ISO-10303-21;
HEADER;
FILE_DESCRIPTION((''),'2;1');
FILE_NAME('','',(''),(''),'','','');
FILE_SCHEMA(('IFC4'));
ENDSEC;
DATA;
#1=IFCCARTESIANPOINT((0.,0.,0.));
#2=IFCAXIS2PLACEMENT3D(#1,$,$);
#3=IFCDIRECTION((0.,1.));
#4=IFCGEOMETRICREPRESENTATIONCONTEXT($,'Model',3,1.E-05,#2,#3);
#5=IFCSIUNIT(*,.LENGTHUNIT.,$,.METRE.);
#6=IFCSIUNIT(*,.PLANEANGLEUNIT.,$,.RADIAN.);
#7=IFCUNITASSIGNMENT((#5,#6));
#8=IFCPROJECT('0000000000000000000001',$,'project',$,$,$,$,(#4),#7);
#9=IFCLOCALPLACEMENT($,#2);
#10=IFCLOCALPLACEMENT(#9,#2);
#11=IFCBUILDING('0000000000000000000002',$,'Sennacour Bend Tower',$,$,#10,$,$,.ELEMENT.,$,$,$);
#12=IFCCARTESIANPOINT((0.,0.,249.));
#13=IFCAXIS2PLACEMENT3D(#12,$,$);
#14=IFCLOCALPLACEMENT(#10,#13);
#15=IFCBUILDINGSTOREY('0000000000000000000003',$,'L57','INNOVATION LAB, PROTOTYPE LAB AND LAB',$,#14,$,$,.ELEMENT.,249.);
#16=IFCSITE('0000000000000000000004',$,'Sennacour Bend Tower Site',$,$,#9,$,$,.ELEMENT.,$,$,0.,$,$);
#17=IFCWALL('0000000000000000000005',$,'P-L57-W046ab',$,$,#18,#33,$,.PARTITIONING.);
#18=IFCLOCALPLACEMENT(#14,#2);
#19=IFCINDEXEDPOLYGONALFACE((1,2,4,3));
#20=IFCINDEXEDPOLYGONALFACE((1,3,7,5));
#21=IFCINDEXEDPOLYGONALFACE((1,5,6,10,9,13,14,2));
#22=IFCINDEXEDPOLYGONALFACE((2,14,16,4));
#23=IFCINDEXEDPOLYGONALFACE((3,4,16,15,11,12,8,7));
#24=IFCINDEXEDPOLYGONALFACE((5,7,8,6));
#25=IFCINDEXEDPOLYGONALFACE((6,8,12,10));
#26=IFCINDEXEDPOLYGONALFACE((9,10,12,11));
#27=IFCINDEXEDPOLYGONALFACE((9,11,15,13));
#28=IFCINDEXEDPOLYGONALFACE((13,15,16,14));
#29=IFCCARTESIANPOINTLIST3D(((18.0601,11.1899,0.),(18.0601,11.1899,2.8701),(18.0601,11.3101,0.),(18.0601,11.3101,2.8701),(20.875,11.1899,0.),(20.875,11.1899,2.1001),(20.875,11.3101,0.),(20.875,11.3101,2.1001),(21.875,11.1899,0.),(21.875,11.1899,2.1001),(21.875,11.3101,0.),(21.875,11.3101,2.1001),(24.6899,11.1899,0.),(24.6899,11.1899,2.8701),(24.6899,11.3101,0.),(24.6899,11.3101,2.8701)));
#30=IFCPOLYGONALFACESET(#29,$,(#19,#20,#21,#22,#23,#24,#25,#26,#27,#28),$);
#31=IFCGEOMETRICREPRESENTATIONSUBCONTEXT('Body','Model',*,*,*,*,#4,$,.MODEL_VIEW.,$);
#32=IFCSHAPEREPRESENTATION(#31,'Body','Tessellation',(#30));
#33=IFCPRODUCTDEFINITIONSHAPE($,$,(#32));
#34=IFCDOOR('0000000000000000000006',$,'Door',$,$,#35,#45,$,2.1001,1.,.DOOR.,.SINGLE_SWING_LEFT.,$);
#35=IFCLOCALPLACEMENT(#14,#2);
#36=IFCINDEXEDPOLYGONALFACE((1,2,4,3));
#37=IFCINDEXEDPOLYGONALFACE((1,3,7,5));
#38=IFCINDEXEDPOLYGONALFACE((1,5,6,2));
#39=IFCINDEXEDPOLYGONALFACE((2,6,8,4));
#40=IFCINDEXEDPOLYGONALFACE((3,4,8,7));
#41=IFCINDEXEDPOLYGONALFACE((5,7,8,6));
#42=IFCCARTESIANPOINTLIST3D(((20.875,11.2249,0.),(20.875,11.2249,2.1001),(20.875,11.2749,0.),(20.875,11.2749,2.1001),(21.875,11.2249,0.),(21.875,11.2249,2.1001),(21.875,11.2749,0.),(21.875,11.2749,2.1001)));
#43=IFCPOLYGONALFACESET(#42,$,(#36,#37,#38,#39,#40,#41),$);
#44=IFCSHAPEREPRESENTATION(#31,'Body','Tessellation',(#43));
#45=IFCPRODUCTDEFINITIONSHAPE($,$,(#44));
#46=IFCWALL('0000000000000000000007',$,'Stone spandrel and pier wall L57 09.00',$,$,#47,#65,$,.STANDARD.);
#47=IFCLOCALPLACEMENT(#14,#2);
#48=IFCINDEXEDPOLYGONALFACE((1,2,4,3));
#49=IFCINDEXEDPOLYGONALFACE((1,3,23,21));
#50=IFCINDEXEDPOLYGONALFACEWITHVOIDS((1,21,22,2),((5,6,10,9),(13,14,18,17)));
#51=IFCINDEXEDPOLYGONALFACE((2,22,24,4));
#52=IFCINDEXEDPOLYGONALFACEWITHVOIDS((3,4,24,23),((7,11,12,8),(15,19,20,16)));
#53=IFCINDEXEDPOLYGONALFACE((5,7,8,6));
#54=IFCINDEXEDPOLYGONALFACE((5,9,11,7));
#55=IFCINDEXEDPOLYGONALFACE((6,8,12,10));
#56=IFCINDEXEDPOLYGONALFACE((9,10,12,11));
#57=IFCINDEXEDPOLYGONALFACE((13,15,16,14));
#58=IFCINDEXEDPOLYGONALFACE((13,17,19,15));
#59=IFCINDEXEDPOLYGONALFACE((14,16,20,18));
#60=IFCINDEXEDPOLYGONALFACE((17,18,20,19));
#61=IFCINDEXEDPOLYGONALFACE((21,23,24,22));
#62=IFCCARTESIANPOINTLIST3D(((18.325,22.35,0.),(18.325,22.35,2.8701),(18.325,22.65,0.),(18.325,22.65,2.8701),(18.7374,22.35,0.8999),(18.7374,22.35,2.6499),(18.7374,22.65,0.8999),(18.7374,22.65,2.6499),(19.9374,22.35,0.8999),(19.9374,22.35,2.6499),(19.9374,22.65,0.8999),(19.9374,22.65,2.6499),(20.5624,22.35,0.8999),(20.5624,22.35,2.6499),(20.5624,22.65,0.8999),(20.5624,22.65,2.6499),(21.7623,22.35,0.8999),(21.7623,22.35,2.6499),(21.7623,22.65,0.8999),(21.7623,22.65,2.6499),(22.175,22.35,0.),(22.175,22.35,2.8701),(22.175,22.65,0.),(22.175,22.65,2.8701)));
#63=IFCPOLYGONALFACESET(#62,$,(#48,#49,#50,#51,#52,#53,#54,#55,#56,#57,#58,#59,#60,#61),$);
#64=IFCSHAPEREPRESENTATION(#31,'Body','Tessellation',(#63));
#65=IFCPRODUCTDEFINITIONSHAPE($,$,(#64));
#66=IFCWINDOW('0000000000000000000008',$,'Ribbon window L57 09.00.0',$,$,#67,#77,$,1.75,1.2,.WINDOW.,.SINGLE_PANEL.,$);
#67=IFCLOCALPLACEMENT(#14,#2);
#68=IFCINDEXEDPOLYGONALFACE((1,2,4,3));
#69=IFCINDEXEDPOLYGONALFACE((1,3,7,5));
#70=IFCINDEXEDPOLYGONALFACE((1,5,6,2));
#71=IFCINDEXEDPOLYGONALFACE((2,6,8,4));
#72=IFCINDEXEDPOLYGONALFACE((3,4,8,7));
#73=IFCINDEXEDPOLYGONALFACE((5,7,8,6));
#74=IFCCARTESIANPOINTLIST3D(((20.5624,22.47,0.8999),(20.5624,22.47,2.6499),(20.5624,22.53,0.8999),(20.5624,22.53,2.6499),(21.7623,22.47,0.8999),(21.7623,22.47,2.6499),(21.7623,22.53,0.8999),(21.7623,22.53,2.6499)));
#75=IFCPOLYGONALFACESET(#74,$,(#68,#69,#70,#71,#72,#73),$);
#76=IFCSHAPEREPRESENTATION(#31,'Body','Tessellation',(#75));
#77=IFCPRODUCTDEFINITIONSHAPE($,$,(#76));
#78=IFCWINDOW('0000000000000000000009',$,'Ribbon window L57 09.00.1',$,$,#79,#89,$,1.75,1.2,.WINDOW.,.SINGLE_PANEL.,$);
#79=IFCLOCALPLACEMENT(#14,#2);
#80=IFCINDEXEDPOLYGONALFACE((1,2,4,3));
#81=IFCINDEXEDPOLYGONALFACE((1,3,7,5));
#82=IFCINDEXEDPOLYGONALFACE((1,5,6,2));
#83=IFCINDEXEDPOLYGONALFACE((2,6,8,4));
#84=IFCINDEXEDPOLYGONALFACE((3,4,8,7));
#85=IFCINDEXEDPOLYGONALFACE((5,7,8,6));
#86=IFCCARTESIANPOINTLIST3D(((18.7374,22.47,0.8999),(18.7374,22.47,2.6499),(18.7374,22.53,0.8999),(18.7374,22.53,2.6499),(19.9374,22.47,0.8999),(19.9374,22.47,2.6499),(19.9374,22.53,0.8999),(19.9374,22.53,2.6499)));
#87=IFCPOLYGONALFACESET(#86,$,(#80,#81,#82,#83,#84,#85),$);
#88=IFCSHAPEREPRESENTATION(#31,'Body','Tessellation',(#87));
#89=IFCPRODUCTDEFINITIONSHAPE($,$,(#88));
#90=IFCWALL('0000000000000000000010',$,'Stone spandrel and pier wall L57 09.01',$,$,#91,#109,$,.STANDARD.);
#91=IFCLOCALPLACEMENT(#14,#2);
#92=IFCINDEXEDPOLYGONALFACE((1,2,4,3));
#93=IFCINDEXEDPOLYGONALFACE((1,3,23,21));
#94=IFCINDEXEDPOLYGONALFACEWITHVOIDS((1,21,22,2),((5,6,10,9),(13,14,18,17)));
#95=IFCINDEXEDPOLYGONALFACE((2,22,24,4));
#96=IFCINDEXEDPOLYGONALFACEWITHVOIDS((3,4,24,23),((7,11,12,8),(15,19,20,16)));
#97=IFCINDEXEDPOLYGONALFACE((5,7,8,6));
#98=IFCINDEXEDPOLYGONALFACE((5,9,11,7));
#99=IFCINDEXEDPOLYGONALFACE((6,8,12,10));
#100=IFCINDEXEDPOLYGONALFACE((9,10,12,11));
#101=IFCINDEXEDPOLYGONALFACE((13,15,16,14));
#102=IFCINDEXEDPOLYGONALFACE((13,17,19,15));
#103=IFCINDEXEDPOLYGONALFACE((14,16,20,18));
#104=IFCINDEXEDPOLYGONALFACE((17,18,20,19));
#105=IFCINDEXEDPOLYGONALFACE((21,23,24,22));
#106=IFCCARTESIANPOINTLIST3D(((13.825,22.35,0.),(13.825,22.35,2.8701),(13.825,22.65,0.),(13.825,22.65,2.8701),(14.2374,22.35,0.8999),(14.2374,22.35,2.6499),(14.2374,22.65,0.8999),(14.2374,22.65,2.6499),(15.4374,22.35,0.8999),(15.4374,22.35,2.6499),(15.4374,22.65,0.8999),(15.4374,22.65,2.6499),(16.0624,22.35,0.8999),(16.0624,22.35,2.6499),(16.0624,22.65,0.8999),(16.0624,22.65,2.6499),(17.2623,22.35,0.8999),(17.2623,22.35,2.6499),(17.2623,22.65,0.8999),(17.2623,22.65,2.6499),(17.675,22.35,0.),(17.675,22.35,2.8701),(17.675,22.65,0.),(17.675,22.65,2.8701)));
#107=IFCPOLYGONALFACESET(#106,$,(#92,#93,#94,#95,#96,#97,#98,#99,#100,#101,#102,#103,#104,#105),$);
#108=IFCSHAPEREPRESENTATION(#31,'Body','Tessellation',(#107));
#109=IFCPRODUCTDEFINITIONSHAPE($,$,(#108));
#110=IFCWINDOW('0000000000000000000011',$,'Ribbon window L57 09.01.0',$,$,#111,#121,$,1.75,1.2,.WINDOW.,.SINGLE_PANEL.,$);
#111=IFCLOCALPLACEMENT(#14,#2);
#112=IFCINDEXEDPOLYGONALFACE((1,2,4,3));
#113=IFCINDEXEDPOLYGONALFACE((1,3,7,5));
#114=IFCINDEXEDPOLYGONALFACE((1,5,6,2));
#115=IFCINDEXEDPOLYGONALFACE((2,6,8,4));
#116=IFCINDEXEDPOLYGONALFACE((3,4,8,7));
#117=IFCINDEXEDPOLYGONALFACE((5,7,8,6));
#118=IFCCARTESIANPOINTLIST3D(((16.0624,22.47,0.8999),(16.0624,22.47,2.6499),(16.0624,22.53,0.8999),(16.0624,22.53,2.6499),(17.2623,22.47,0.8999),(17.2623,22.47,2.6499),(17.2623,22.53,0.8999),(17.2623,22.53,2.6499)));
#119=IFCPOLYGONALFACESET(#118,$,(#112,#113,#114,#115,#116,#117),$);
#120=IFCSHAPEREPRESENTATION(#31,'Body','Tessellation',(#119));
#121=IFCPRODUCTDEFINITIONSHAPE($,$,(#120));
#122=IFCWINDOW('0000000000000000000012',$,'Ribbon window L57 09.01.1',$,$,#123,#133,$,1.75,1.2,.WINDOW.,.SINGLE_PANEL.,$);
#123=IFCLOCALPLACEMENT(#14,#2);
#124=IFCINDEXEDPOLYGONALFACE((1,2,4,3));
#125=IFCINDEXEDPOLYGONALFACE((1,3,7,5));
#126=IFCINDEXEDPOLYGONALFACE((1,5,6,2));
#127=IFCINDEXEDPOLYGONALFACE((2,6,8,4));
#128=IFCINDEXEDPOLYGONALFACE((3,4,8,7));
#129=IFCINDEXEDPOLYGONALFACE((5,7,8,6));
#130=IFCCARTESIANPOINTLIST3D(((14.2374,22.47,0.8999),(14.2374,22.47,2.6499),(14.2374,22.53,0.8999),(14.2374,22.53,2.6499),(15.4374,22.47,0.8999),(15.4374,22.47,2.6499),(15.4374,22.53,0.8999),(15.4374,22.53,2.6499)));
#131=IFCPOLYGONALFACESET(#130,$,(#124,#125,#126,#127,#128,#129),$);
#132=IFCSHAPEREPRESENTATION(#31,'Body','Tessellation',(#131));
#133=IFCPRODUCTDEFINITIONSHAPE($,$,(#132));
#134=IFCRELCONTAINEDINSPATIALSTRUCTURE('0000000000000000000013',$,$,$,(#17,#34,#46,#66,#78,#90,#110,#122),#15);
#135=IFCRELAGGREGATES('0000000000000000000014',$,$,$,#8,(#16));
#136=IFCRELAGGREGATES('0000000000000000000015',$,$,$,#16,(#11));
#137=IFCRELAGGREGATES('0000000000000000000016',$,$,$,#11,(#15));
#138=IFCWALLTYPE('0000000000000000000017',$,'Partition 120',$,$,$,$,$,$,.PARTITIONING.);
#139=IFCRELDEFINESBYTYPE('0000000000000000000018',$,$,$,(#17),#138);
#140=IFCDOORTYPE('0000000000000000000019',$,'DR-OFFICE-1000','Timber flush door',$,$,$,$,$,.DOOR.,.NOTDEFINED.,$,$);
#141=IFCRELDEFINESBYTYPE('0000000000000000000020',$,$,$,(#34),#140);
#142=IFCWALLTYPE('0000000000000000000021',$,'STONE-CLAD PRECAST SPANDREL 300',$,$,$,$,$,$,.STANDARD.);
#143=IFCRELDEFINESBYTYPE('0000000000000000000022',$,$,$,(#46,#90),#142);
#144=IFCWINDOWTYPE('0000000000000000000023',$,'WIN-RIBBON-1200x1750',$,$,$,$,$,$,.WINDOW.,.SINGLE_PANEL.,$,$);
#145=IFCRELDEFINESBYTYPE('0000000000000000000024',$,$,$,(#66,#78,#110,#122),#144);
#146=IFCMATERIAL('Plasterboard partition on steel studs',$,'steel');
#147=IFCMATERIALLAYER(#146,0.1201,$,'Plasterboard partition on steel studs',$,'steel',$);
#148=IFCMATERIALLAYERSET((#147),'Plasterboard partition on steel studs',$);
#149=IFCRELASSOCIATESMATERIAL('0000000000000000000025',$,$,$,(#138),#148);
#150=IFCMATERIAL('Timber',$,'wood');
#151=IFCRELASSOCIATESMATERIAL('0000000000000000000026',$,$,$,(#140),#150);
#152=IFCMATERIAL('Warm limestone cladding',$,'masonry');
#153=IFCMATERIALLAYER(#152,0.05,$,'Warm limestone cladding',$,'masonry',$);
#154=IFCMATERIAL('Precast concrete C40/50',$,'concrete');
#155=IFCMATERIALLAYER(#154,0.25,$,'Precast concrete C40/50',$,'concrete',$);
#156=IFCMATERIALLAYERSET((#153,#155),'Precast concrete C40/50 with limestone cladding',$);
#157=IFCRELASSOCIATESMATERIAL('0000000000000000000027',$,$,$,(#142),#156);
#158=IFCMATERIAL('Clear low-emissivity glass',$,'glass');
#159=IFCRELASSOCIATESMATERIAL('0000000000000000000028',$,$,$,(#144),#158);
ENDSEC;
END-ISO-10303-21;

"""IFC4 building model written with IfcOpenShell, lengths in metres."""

from ifc_helpers import new_model, si_unit, direction, frame, frame_2d, origin, place, context, subcontext, project, spatial, rectangle, extrude, material, layer, layer_set, type_object, element, fill, save


model = new_model("IFC4")

# Units and contexts
model_context = context("Model", 3, precision=1e-05, world=origin(), true_north=direction((0.0, 1.0)))
body_context = subcontext(model_context, "Body", "Model", "MODEL_VIEW")
ifc_project = project(units=[si_unit("LENGTHUNIT", "METRE"), si_unit("PLANEANGLEUNIT", "RADIAN")], contexts=[model_context])

# Site, building, storey
site_placement = place(None, origin())
site = spatial("IfcSite", under=ifc_project, at=site_placement, Name="Sennacour Bend Tower Site", CompositionType="ELEMENT", RefElevation=0.0)
building_placement = place(site_placement, origin())
building = spatial("IfcBuilding", under=site, at=building_placement, Name="Sennacour Bend Tower", CompositionType="ELEMENT")
storey_placement = place(building_placement, frame((0.0, 0.0, 249.0)))
storey = spatial("IfcBuildingStorey", under=building, at=storey_placement, Name="L57", Description="INNOVATION LAB, PROTOTYPE LAB AND LAB", CompositionType="ELEMENT", Elevation=249.0)

# Shared definitions
ifc_material_1 = material(Name="Plasterboard partition on steel studs", Category="steel")
ifc_layer_1 = layer(ifc_material_1, 0.1201, Name="Plasterboard partition on steel studs", Category="steel")
ifc_layer_set_1 = layer_set([ifc_layer_1], Name="Plasterboard partition on steel studs")
wall_type_1 = type_object("IfcWallType", Name="Partition 120", PredefinedType="PARTITIONING", material=ifc_layer_set_1)

# Wall, opening, door
ifc_material_2 = material(Name="Timber", Category="wood")
door_type = type_object("IfcDoorType", Name="DR-OFFICE-1000", Description="Timber flush door", OperationType="NOTDEFINED", PredefinedType="DOOR", material=ifc_material_2)
wall_1_placement = place(storey_placement, frame((18.0601, 11.25, 0.0), z_axis=(0.0, 0.0, 1.0), x_axis=(1.0, 0.0, 0.0)))
wall_1 = element("IfcWall", 1, at=wall_1_placement, inside=storey, type_object=wall_type_1, Name="P-L57-W046ab", PredefinedType="PARTITIONING", context=body_context, shape_type="SweptSolid", body=[
    extrude(rectangle(XDim=6.6299, YDim=0.1201, at=frame_2d((3.3149, 0.0))), origin(), (0.0, 0.0, 1.0), 2.8701),
])
opening_1_placement = place(wall_1_placement, frame((2.8149, 0.0, 0.0)))
opening_1 = element("IfcOpeningElement", 2, at=opening_1_placement, cuts=wall_1, PredefinedType="OPENING", context=body_context, shape_type="SweptSolid", body=[
    extrude(rectangle(XDim=1.0, YDim=2.1001, at=frame_2d((0.5, 1.05))), frame((0.0, 0.0701, 0.0), z_axis=(0.0, -1.0, 0.0), x_axis=(1.0, 0.0, 0.0)), (0.0, 0.0, 1.0), 0.1401),
])
door_1_placement = place(opening_1_placement, origin())
door_1 = element("IfcDoor", 3, at=door_1_placement, inside=storey, type_object=door_type, Name="Door", OperationType="SINGLE_SWING_LEFT", OverallHeight=2.1001, OverallWidth=1.0, PredefinedType="DOOR", context=body_context, shape_type="SweptSolid", body=[
    extrude(rectangle(XDim=1.0, YDim=2.1001, at=frame_2d((0.5, 1.05))), frame((0.0, 0.0249, 0.0), z_axis=(0.0, -1.0, 0.0), x_axis=(1.0, 0.0, 0.0)), (0.0, 0.0, 1.0), 0.05),
])
fill(opening_1, door_1)

# Walls, openings, windows
ifc_material_3 = material(Name="Warm limestone cladding", Category="masonry")
ifc_layer_2 = layer(ifc_material_3, 0.05, Name="Warm limestone cladding", Category="masonry")
ifc_material_4 = material(Name="Precast concrete C40/50", Category="concrete")
ifc_layer_3 = layer(ifc_material_4, 0.25, Name="Precast concrete C40/50", Category="concrete")
ifc_layer_set_2 = layer_set([ifc_layer_2, ifc_layer_3], Name="Precast concrete C40/50 with limestone cladding")
wall_type_2 = type_object("IfcWallType", Name="STONE-CLAD PRECAST SPANDREL 300", PredefinedType="STANDARD", material=ifc_layer_set_2)
wall_2_placement = place(storey_placement, frame((22.175, 22.5, 0.0), z_axis=(0.0, 0.0, 1.0), x_axis=(-1.0, 0.0, 0.0)))
wall_2 = element("IfcWall", 4, at=wall_2_placement, inside=storey, type_object=wall_type_2, Name="Stone spandrel and pier wall L57 09.00", PredefinedType="STANDARD", context=body_context, shape_type="SweptSolid", body=[
    extrude(rectangle(XDim=3.8501, YDim=0.3, at=frame_2d((1.925, 0.0))), origin(), (0.0, 0.0, 1.0), 2.8701),
])
opening_2_placement = place(wall_2_placement, frame((0.4126, 0.0, 0.8999)))
opening_2 = element("IfcOpeningElement", 5, at=opening_2_placement, cuts=wall_2, PredefinedType="OPENING", context=body_context, shape_type="SweptSolid", body=[
    extrude(rectangle(XDim=1.2, YDim=1.75, at=frame_2d((0.6001, 0.875))), frame((0.0, 0.1602, 0.0), z_axis=(0.0, -1.0, 0.0), x_axis=(1.0, 0.0, 0.0)), (0.0, 0.0, 1.0), 0.3201),
])
opening_3_placement = place(wall_2_placement, frame((2.2375, 0.0, 0.8999)))
opening_3 = element("IfcOpeningElement", 6, at=opening_3_placement, cuts=wall_2, PredefinedType="OPENING", context=body_context, shape_type="SweptSolid", body=[
    extrude(rectangle(XDim=1.2, YDim=1.75, at=frame_2d((0.6001, 0.875))), frame((0.0, 0.1602, 0.0), z_axis=(0.0, -1.0, 0.0), x_axis=(1.0, 0.0, 0.0)), (0.0, 0.0, 1.0), 0.3201),
])
ifc_material_5 = material(Name="Clear low-emissivity glass", Category="glass")
window_type = type_object("IfcWindowType", Name="WIN-RIBBON-1200x1750", PartitioningType="SINGLE_PANEL", PredefinedType="WINDOW", material=ifc_material_5)
window_1_placement = place(opening_2_placement, origin())
window_1 = element("IfcWindow", 7, at=window_1_placement, inside=storey, type_object=window_type, Name="Ribbon window L57 09.00.0", OverallHeight=1.75, OverallWidth=1.2, PartitioningType="SINGLE_PANEL", PredefinedType="WINDOW", context=body_context, shape_type="SweptSolid", body=[
    extrude(rectangle(XDim=1.2, YDim=1.75, at=frame_2d((0.6001, 0.875))), frame((0.0, 0.03, 0.0), z_axis=(0.0, -1.0, 0.0), x_axis=(1.0, 0.0, 0.0)), (0.0, 0.0, 1.0), 0.0601),
])
fill(opening_2, window_1)
window_2_placement = place(opening_3_placement, origin())
window_2 = element("IfcWindow", 8, at=window_2_placement, inside=storey, type_object=window_type, Name="Ribbon window L57 09.00.1", OverallHeight=1.75, OverallWidth=1.2, PartitioningType="SINGLE_PANEL", PredefinedType="WINDOW", context=body_context, shape_type="SweptSolid", body=[
    extrude(rectangle(XDim=1.2, YDim=1.75, at=frame_2d((0.6001, 0.875))), frame((0.0, 0.03, 0.0), z_axis=(0.0, -1.0, 0.0), x_axis=(1.0, 0.0, 0.0)), (0.0, 0.0, 1.0), 0.0601),
])
fill(opening_3, window_2)
wall_3_placement = place(storey_placement, frame((17.675, 22.5, 0.0), z_axis=(0.0, 0.0, 1.0), x_axis=(-1.0, 0.0, 0.0)))
wall_3 = element("IfcWall", 9, at=wall_3_placement, inside=storey, type_object=wall_type_2, Name="Stone spandrel and pier wall L57 09.01", PredefinedType="STANDARD", context=body_context, shape_type="SweptSolid", body=[
    extrude(rectangle(XDim=3.8501, YDim=0.3, at=frame_2d((1.925, 0.0))), origin(), (0.0, 0.0, 1.0), 2.8701),
])
opening_4_placement = place(wall_3_placement, frame((0.4126, 0.0, 0.8999)))
opening_4 = element("IfcOpeningElement", 10, at=opening_4_placement, cuts=wall_3, PredefinedType="OPENING", context=body_context, shape_type="SweptSolid", body=[
    extrude(rectangle(XDim=1.2, YDim=1.75, at=frame_2d((0.6001, 0.875))), frame((0.0, 0.1602, 0.0), z_axis=(0.0, -1.0, 0.0), x_axis=(1.0, 0.0, 0.0)), (0.0, 0.0, 1.0), 0.3201),
])
opening_5_placement = place(wall_3_placement, frame((2.2375, 0.0, 0.8999)))
opening_5 = element("IfcOpeningElement", 11, at=opening_5_placement, cuts=wall_3, PredefinedType="OPENING", context=body_context, shape_type="SweptSolid", body=[
    extrude(rectangle(XDim=1.2, YDim=1.75, at=frame_2d((0.6001, 0.875))), frame((0.0, 0.1602, 0.0), z_axis=(0.0, -1.0, 0.0), x_axis=(1.0, 0.0, 0.0)), (0.0, 0.0, 1.0), 0.3201),
])
window_3_placement = place(opening_4_placement, origin())
window_3 = element("IfcWindow", 12, at=window_3_placement, inside=storey, type_object=window_type, Name="Ribbon window L57 09.01.0", OverallHeight=1.75, OverallWidth=1.2, PartitioningType="SINGLE_PANEL", PredefinedType="WINDOW", context=body_context, shape_type="SweptSolid", body=[
    extrude(rectangle(XDim=1.2, YDim=1.75, at=frame_2d((0.6001, 0.875))), frame((0.0, 0.03, 0.0), z_axis=(0.0, -1.0, 0.0), x_axis=(1.0, 0.0, 0.0)), (0.0, 0.0, 1.0), 0.0601),
])
fill(opening_4, window_3)
window_4_placement = place(opening_5_placement, origin())
window_4 = element("IfcWindow", 13, at=window_4_placement, inside=storey, type_object=window_type, Name="Ribbon window L57 09.01.1", OverallHeight=1.75, OverallWidth=1.2, PartitioningType="SINGLE_PANEL", PredefinedType="WINDOW", context=body_context, shape_type="SweptSolid", body=[
    extrude(rectangle(XDim=1.2, YDim=1.75, at=frame_2d((0.6001, 0.875))), frame((0.0, 0.03, 0.0), z_axis=(0.0, -1.0, 0.0), x_axis=(1.0, 0.0, 0.0)), (0.0, 0.0, 1.0), 0.0601),
])
fill(opening_5, window_4)

save(model, "model.ifc")
